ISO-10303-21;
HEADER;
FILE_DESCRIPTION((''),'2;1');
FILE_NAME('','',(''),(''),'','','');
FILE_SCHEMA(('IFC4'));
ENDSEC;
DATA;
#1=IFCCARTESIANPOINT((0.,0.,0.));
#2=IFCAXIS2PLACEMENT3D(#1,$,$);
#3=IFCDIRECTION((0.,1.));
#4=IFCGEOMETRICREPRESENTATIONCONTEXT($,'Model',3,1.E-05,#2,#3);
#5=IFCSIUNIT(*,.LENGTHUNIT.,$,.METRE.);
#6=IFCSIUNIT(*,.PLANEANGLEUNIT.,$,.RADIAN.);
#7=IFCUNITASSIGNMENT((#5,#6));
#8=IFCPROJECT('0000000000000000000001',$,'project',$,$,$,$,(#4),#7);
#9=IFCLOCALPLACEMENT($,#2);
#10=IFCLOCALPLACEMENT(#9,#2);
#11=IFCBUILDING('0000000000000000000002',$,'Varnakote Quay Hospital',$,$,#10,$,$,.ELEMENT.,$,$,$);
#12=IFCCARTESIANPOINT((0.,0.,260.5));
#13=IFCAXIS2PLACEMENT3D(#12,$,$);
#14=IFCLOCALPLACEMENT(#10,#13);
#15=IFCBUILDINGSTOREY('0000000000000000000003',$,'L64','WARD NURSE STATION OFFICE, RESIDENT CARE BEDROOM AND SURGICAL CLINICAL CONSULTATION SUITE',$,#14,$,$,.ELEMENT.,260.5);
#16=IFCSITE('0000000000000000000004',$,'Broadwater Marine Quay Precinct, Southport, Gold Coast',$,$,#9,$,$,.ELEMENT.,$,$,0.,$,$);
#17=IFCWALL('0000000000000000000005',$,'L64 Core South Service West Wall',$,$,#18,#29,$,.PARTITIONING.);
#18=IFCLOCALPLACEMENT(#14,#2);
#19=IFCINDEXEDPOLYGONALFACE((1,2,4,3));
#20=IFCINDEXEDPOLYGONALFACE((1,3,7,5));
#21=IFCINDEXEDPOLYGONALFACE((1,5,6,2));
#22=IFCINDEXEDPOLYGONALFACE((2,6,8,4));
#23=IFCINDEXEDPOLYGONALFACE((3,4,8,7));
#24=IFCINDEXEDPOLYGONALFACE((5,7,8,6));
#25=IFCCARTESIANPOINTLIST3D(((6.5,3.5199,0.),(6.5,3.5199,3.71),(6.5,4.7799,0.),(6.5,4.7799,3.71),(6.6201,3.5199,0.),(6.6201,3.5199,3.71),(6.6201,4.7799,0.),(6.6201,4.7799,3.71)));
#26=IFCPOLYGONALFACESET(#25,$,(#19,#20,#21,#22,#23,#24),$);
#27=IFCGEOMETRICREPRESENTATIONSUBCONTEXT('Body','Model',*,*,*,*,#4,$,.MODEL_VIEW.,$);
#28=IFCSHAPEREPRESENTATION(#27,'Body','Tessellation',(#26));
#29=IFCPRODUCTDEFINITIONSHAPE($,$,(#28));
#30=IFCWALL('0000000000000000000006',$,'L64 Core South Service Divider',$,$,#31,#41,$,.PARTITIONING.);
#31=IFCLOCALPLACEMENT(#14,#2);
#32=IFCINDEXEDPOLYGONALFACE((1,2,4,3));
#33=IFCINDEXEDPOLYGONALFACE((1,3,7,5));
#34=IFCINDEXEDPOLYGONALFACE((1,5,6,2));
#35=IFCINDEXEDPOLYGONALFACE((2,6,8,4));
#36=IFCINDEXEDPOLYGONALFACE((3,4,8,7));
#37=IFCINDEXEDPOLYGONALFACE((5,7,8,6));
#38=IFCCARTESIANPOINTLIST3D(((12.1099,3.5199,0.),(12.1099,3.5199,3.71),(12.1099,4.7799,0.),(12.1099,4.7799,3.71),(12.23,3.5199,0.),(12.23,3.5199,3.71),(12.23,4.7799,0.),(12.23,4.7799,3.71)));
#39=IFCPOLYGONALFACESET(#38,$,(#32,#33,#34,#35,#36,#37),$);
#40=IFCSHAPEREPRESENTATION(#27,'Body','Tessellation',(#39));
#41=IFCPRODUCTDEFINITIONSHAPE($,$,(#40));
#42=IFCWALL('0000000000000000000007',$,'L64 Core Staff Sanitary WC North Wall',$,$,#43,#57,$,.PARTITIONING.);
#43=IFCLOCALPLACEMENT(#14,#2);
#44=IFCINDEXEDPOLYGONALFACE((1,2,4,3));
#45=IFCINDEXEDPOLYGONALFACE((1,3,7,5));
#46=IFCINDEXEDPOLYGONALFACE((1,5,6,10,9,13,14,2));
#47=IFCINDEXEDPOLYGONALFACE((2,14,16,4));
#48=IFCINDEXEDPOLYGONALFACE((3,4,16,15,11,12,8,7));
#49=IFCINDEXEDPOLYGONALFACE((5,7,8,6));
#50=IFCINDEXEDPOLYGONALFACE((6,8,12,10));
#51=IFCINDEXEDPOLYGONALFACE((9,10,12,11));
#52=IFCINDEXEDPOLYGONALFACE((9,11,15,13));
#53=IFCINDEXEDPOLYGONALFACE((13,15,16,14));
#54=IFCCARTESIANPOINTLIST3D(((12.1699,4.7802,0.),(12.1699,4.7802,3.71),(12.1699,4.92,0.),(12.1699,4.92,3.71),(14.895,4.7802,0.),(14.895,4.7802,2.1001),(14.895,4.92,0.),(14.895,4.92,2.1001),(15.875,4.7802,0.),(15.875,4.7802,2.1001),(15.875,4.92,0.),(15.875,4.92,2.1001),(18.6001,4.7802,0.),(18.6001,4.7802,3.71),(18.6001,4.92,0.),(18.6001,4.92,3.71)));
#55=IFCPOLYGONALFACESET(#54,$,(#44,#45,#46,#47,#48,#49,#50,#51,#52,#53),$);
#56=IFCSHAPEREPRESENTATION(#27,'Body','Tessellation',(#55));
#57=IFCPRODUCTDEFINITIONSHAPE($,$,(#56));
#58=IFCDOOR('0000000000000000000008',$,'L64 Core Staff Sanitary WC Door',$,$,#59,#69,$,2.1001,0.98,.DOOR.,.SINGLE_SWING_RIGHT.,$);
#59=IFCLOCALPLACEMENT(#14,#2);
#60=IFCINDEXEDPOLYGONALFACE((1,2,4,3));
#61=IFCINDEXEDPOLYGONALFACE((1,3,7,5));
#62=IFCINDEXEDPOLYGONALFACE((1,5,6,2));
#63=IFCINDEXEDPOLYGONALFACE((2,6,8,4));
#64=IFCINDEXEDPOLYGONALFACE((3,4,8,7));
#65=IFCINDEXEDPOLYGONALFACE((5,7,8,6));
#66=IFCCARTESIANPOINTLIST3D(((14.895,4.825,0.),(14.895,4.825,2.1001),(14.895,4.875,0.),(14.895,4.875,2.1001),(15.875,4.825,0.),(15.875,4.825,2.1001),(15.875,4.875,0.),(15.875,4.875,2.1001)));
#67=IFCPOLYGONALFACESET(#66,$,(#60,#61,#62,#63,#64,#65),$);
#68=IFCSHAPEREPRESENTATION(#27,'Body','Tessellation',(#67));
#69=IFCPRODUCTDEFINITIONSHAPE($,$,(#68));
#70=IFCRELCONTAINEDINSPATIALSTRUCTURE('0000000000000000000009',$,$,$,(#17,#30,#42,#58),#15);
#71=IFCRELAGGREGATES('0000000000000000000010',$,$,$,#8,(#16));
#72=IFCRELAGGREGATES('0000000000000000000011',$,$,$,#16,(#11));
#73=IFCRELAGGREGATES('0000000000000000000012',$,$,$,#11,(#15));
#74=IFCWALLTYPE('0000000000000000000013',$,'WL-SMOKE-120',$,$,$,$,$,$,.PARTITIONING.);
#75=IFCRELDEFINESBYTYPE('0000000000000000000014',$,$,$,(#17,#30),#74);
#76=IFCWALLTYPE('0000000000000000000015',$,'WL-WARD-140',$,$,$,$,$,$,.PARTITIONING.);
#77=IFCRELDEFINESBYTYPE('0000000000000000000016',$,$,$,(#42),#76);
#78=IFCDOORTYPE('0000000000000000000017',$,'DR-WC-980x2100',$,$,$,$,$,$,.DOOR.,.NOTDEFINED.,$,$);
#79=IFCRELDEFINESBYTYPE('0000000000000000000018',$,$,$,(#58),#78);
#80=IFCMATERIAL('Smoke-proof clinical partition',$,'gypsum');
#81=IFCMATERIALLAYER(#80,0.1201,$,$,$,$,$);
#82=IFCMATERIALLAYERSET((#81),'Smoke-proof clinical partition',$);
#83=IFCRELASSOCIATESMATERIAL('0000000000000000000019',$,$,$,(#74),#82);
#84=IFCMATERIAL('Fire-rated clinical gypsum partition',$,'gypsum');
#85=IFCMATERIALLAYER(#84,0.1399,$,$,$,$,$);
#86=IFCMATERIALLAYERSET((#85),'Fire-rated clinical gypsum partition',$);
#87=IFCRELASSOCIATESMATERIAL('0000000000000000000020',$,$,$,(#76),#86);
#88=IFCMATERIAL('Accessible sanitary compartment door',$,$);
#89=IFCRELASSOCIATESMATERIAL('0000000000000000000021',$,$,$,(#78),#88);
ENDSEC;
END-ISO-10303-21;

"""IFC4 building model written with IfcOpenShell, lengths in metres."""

from ifc_helpers import new_model, si_unit, direction, frame, frame_2d, origin, place, context, subcontext, project, spatial, rectangle, extrude, material, layer, layer_set, type_object, element, fill, save


model = new_model("IFC4")

# Units and contexts
model_context = context("Model", 3, precision=1e-05, world=origin(), true_north=direction((0.0, 1.0)))
body_context = subcontext(model_context, "Body", "Model", "MODEL_VIEW")
ifc_project = project(units=[si_unit("LENGTHUNIT", "METRE"), si_unit("PLANEANGLEUNIT", "RADIAN")], contexts=[model_context])

# Site, building, storey
site_placement = place(None, origin())
site = spatial("IfcSite", under=ifc_project, at=site_placement, Name="Broadwater Marine Quay Precinct, Southport, Gold Coast", CompositionType="ELEMENT", RefElevation=0.0)
building_placement = place(site_placement, origin())
building = spatial("IfcBuilding", under=site, at=building_placement, Name="Varnakote Quay Hospital", CompositionType="ELEMENT")
storey_placement = place(building_placement, frame((0.0, 0.0, 260.5)))
storey = spatial("IfcBuildingStorey", under=building, at=storey_placement, Name="L64", Description="WARD NURSE STATION OFFICE, RESIDENT CARE BEDROOM AND SURGICAL CLINICAL CONSULTATION SUITE", CompositionType="ELEMENT", Elevation=260.5)

# Walls
ifc_material_1 = material(Name="Smoke-proof clinical partition", Category="gypsum")
ifc_layer_1 = layer(ifc_material_1, 0.1201)
ifc_layer_set_1 = layer_set([ifc_layer_1], Name="Smoke-proof clinical partition")
wall_type_1 = type_object("IfcWallType", Name="WL-SMOKE-120", PredefinedType="PARTITIONING", material=ifc_layer_set_1)
for number, where, z_axis, x_axis, name in (
    (1, (6.5601, 3.52, 0.0), (0.0, 0.0, 1.0), (0.0, 1.0, 0.0), "L64 Core South Service West Wall"),
    (2, (12.1699, 3.52, 0.0), (0.0, 0.0, 1.0), (0.0, 1.0, 0.0), "L64 Core South Service Divider"),
):
    element("IfcWall", number, at=place(storey_placement, frame(where, z_axis=z_axis, x_axis=x_axis)), inside=storey, type_object=wall_type_1, Name=name, PredefinedType="PARTITIONING", context=body_context, shape_type="SweptSolid", body=[
        extrude(rectangle(XDim=1.26, YDim=0.1201, at=frame_2d((0.6299, 0.0))), origin(), (0.0, 0.0, 1.0), 3.71),
    ])

# Wall, opening, door
ifc_material_2 = material(Name="Fire-rated clinical gypsum partition", Category="gypsum")
ifc_layer_2 = layer(ifc_material_2, 0.1399)
ifc_layer_set_2 = layer_set([ifc_layer_2], Name="Fire-rated clinical gypsum partition")
wall_type_2 = type_object("IfcWallType", Name="WL-WARD-140", PredefinedType="PARTITIONING", material=ifc_layer_set_2)
wall_1_placement = place(storey_placement, frame((12.1699, 4.8501, 0.0), z_axis=(0.0, 0.0, 1.0), x_axis=(1.0, 0.0, 0.0)))
wall_1 = element("IfcWall", 3, at=wall_1_placement, inside=storey, type_object=wall_type_2, Name="L64 Core Staff Sanitary WC North Wall", PredefinedType="PARTITIONING", context=body_context, shape_type="SweptSolid", body=[
    extrude(rectangle(XDim=6.4302, YDim=0.1399, at=frame_2d((3.2151, 0.0))), origin(), (0.0, 0.0, 1.0), 3.71),
])
opening_1_placement = place(wall_1_placement, frame((2.7251, 0.0, 0.0)))
opening_1 = element("IfcOpeningElement", 4, at=opening_1_placement, cuts=wall_1, PredefinedType="OPENING", context=body_context, shape_type="SweptSolid", body=[
    extrude(rectangle(XDim=0.98, YDim=2.1001, at=frame_2d((0.49, 1.05))), frame((0.0, 0.0798, 0.0), z_axis=(0.0, -1.0, 0.0), x_axis=(1.0, 0.0, 0.0)), (0.0, 0.0, 1.0), 0.1599),
])
ifc_material_3 = material(Name="Accessible sanitary compartment door")
door_type_1 = type_object("IfcDoorType", Name="DR-WC-980x2100", OperationType="NOTDEFINED", PredefinedType="DOOR", material=ifc_material_3)
door_1_placement = place(opening_1_placement, origin())
door_1 = element("IfcDoor", 5, at=door_1_placement, inside=storey, type_object=door_type_1, Name="L64 Core Staff Sanitary WC Door", OperationType="SINGLE_SWING_RIGHT", OverallHeight=2.1001, OverallWidth=0.98, PredefinedType="DOOR", context=body_context, shape_type="SweptSolid", body=[
    extrude(rectangle(XDim=0.98, YDim=2.1001, at=frame_2d((0.49, 1.05))), frame((0.0, 0.0249, 0.0), z_axis=(0.0, -1.0, 0.0), x_axis=(1.0, 0.0, 0.0)), (0.0, 0.0, 1.0), 0.05),
])
fill(opening_1, door_1)

save(model, "model.ifc")
